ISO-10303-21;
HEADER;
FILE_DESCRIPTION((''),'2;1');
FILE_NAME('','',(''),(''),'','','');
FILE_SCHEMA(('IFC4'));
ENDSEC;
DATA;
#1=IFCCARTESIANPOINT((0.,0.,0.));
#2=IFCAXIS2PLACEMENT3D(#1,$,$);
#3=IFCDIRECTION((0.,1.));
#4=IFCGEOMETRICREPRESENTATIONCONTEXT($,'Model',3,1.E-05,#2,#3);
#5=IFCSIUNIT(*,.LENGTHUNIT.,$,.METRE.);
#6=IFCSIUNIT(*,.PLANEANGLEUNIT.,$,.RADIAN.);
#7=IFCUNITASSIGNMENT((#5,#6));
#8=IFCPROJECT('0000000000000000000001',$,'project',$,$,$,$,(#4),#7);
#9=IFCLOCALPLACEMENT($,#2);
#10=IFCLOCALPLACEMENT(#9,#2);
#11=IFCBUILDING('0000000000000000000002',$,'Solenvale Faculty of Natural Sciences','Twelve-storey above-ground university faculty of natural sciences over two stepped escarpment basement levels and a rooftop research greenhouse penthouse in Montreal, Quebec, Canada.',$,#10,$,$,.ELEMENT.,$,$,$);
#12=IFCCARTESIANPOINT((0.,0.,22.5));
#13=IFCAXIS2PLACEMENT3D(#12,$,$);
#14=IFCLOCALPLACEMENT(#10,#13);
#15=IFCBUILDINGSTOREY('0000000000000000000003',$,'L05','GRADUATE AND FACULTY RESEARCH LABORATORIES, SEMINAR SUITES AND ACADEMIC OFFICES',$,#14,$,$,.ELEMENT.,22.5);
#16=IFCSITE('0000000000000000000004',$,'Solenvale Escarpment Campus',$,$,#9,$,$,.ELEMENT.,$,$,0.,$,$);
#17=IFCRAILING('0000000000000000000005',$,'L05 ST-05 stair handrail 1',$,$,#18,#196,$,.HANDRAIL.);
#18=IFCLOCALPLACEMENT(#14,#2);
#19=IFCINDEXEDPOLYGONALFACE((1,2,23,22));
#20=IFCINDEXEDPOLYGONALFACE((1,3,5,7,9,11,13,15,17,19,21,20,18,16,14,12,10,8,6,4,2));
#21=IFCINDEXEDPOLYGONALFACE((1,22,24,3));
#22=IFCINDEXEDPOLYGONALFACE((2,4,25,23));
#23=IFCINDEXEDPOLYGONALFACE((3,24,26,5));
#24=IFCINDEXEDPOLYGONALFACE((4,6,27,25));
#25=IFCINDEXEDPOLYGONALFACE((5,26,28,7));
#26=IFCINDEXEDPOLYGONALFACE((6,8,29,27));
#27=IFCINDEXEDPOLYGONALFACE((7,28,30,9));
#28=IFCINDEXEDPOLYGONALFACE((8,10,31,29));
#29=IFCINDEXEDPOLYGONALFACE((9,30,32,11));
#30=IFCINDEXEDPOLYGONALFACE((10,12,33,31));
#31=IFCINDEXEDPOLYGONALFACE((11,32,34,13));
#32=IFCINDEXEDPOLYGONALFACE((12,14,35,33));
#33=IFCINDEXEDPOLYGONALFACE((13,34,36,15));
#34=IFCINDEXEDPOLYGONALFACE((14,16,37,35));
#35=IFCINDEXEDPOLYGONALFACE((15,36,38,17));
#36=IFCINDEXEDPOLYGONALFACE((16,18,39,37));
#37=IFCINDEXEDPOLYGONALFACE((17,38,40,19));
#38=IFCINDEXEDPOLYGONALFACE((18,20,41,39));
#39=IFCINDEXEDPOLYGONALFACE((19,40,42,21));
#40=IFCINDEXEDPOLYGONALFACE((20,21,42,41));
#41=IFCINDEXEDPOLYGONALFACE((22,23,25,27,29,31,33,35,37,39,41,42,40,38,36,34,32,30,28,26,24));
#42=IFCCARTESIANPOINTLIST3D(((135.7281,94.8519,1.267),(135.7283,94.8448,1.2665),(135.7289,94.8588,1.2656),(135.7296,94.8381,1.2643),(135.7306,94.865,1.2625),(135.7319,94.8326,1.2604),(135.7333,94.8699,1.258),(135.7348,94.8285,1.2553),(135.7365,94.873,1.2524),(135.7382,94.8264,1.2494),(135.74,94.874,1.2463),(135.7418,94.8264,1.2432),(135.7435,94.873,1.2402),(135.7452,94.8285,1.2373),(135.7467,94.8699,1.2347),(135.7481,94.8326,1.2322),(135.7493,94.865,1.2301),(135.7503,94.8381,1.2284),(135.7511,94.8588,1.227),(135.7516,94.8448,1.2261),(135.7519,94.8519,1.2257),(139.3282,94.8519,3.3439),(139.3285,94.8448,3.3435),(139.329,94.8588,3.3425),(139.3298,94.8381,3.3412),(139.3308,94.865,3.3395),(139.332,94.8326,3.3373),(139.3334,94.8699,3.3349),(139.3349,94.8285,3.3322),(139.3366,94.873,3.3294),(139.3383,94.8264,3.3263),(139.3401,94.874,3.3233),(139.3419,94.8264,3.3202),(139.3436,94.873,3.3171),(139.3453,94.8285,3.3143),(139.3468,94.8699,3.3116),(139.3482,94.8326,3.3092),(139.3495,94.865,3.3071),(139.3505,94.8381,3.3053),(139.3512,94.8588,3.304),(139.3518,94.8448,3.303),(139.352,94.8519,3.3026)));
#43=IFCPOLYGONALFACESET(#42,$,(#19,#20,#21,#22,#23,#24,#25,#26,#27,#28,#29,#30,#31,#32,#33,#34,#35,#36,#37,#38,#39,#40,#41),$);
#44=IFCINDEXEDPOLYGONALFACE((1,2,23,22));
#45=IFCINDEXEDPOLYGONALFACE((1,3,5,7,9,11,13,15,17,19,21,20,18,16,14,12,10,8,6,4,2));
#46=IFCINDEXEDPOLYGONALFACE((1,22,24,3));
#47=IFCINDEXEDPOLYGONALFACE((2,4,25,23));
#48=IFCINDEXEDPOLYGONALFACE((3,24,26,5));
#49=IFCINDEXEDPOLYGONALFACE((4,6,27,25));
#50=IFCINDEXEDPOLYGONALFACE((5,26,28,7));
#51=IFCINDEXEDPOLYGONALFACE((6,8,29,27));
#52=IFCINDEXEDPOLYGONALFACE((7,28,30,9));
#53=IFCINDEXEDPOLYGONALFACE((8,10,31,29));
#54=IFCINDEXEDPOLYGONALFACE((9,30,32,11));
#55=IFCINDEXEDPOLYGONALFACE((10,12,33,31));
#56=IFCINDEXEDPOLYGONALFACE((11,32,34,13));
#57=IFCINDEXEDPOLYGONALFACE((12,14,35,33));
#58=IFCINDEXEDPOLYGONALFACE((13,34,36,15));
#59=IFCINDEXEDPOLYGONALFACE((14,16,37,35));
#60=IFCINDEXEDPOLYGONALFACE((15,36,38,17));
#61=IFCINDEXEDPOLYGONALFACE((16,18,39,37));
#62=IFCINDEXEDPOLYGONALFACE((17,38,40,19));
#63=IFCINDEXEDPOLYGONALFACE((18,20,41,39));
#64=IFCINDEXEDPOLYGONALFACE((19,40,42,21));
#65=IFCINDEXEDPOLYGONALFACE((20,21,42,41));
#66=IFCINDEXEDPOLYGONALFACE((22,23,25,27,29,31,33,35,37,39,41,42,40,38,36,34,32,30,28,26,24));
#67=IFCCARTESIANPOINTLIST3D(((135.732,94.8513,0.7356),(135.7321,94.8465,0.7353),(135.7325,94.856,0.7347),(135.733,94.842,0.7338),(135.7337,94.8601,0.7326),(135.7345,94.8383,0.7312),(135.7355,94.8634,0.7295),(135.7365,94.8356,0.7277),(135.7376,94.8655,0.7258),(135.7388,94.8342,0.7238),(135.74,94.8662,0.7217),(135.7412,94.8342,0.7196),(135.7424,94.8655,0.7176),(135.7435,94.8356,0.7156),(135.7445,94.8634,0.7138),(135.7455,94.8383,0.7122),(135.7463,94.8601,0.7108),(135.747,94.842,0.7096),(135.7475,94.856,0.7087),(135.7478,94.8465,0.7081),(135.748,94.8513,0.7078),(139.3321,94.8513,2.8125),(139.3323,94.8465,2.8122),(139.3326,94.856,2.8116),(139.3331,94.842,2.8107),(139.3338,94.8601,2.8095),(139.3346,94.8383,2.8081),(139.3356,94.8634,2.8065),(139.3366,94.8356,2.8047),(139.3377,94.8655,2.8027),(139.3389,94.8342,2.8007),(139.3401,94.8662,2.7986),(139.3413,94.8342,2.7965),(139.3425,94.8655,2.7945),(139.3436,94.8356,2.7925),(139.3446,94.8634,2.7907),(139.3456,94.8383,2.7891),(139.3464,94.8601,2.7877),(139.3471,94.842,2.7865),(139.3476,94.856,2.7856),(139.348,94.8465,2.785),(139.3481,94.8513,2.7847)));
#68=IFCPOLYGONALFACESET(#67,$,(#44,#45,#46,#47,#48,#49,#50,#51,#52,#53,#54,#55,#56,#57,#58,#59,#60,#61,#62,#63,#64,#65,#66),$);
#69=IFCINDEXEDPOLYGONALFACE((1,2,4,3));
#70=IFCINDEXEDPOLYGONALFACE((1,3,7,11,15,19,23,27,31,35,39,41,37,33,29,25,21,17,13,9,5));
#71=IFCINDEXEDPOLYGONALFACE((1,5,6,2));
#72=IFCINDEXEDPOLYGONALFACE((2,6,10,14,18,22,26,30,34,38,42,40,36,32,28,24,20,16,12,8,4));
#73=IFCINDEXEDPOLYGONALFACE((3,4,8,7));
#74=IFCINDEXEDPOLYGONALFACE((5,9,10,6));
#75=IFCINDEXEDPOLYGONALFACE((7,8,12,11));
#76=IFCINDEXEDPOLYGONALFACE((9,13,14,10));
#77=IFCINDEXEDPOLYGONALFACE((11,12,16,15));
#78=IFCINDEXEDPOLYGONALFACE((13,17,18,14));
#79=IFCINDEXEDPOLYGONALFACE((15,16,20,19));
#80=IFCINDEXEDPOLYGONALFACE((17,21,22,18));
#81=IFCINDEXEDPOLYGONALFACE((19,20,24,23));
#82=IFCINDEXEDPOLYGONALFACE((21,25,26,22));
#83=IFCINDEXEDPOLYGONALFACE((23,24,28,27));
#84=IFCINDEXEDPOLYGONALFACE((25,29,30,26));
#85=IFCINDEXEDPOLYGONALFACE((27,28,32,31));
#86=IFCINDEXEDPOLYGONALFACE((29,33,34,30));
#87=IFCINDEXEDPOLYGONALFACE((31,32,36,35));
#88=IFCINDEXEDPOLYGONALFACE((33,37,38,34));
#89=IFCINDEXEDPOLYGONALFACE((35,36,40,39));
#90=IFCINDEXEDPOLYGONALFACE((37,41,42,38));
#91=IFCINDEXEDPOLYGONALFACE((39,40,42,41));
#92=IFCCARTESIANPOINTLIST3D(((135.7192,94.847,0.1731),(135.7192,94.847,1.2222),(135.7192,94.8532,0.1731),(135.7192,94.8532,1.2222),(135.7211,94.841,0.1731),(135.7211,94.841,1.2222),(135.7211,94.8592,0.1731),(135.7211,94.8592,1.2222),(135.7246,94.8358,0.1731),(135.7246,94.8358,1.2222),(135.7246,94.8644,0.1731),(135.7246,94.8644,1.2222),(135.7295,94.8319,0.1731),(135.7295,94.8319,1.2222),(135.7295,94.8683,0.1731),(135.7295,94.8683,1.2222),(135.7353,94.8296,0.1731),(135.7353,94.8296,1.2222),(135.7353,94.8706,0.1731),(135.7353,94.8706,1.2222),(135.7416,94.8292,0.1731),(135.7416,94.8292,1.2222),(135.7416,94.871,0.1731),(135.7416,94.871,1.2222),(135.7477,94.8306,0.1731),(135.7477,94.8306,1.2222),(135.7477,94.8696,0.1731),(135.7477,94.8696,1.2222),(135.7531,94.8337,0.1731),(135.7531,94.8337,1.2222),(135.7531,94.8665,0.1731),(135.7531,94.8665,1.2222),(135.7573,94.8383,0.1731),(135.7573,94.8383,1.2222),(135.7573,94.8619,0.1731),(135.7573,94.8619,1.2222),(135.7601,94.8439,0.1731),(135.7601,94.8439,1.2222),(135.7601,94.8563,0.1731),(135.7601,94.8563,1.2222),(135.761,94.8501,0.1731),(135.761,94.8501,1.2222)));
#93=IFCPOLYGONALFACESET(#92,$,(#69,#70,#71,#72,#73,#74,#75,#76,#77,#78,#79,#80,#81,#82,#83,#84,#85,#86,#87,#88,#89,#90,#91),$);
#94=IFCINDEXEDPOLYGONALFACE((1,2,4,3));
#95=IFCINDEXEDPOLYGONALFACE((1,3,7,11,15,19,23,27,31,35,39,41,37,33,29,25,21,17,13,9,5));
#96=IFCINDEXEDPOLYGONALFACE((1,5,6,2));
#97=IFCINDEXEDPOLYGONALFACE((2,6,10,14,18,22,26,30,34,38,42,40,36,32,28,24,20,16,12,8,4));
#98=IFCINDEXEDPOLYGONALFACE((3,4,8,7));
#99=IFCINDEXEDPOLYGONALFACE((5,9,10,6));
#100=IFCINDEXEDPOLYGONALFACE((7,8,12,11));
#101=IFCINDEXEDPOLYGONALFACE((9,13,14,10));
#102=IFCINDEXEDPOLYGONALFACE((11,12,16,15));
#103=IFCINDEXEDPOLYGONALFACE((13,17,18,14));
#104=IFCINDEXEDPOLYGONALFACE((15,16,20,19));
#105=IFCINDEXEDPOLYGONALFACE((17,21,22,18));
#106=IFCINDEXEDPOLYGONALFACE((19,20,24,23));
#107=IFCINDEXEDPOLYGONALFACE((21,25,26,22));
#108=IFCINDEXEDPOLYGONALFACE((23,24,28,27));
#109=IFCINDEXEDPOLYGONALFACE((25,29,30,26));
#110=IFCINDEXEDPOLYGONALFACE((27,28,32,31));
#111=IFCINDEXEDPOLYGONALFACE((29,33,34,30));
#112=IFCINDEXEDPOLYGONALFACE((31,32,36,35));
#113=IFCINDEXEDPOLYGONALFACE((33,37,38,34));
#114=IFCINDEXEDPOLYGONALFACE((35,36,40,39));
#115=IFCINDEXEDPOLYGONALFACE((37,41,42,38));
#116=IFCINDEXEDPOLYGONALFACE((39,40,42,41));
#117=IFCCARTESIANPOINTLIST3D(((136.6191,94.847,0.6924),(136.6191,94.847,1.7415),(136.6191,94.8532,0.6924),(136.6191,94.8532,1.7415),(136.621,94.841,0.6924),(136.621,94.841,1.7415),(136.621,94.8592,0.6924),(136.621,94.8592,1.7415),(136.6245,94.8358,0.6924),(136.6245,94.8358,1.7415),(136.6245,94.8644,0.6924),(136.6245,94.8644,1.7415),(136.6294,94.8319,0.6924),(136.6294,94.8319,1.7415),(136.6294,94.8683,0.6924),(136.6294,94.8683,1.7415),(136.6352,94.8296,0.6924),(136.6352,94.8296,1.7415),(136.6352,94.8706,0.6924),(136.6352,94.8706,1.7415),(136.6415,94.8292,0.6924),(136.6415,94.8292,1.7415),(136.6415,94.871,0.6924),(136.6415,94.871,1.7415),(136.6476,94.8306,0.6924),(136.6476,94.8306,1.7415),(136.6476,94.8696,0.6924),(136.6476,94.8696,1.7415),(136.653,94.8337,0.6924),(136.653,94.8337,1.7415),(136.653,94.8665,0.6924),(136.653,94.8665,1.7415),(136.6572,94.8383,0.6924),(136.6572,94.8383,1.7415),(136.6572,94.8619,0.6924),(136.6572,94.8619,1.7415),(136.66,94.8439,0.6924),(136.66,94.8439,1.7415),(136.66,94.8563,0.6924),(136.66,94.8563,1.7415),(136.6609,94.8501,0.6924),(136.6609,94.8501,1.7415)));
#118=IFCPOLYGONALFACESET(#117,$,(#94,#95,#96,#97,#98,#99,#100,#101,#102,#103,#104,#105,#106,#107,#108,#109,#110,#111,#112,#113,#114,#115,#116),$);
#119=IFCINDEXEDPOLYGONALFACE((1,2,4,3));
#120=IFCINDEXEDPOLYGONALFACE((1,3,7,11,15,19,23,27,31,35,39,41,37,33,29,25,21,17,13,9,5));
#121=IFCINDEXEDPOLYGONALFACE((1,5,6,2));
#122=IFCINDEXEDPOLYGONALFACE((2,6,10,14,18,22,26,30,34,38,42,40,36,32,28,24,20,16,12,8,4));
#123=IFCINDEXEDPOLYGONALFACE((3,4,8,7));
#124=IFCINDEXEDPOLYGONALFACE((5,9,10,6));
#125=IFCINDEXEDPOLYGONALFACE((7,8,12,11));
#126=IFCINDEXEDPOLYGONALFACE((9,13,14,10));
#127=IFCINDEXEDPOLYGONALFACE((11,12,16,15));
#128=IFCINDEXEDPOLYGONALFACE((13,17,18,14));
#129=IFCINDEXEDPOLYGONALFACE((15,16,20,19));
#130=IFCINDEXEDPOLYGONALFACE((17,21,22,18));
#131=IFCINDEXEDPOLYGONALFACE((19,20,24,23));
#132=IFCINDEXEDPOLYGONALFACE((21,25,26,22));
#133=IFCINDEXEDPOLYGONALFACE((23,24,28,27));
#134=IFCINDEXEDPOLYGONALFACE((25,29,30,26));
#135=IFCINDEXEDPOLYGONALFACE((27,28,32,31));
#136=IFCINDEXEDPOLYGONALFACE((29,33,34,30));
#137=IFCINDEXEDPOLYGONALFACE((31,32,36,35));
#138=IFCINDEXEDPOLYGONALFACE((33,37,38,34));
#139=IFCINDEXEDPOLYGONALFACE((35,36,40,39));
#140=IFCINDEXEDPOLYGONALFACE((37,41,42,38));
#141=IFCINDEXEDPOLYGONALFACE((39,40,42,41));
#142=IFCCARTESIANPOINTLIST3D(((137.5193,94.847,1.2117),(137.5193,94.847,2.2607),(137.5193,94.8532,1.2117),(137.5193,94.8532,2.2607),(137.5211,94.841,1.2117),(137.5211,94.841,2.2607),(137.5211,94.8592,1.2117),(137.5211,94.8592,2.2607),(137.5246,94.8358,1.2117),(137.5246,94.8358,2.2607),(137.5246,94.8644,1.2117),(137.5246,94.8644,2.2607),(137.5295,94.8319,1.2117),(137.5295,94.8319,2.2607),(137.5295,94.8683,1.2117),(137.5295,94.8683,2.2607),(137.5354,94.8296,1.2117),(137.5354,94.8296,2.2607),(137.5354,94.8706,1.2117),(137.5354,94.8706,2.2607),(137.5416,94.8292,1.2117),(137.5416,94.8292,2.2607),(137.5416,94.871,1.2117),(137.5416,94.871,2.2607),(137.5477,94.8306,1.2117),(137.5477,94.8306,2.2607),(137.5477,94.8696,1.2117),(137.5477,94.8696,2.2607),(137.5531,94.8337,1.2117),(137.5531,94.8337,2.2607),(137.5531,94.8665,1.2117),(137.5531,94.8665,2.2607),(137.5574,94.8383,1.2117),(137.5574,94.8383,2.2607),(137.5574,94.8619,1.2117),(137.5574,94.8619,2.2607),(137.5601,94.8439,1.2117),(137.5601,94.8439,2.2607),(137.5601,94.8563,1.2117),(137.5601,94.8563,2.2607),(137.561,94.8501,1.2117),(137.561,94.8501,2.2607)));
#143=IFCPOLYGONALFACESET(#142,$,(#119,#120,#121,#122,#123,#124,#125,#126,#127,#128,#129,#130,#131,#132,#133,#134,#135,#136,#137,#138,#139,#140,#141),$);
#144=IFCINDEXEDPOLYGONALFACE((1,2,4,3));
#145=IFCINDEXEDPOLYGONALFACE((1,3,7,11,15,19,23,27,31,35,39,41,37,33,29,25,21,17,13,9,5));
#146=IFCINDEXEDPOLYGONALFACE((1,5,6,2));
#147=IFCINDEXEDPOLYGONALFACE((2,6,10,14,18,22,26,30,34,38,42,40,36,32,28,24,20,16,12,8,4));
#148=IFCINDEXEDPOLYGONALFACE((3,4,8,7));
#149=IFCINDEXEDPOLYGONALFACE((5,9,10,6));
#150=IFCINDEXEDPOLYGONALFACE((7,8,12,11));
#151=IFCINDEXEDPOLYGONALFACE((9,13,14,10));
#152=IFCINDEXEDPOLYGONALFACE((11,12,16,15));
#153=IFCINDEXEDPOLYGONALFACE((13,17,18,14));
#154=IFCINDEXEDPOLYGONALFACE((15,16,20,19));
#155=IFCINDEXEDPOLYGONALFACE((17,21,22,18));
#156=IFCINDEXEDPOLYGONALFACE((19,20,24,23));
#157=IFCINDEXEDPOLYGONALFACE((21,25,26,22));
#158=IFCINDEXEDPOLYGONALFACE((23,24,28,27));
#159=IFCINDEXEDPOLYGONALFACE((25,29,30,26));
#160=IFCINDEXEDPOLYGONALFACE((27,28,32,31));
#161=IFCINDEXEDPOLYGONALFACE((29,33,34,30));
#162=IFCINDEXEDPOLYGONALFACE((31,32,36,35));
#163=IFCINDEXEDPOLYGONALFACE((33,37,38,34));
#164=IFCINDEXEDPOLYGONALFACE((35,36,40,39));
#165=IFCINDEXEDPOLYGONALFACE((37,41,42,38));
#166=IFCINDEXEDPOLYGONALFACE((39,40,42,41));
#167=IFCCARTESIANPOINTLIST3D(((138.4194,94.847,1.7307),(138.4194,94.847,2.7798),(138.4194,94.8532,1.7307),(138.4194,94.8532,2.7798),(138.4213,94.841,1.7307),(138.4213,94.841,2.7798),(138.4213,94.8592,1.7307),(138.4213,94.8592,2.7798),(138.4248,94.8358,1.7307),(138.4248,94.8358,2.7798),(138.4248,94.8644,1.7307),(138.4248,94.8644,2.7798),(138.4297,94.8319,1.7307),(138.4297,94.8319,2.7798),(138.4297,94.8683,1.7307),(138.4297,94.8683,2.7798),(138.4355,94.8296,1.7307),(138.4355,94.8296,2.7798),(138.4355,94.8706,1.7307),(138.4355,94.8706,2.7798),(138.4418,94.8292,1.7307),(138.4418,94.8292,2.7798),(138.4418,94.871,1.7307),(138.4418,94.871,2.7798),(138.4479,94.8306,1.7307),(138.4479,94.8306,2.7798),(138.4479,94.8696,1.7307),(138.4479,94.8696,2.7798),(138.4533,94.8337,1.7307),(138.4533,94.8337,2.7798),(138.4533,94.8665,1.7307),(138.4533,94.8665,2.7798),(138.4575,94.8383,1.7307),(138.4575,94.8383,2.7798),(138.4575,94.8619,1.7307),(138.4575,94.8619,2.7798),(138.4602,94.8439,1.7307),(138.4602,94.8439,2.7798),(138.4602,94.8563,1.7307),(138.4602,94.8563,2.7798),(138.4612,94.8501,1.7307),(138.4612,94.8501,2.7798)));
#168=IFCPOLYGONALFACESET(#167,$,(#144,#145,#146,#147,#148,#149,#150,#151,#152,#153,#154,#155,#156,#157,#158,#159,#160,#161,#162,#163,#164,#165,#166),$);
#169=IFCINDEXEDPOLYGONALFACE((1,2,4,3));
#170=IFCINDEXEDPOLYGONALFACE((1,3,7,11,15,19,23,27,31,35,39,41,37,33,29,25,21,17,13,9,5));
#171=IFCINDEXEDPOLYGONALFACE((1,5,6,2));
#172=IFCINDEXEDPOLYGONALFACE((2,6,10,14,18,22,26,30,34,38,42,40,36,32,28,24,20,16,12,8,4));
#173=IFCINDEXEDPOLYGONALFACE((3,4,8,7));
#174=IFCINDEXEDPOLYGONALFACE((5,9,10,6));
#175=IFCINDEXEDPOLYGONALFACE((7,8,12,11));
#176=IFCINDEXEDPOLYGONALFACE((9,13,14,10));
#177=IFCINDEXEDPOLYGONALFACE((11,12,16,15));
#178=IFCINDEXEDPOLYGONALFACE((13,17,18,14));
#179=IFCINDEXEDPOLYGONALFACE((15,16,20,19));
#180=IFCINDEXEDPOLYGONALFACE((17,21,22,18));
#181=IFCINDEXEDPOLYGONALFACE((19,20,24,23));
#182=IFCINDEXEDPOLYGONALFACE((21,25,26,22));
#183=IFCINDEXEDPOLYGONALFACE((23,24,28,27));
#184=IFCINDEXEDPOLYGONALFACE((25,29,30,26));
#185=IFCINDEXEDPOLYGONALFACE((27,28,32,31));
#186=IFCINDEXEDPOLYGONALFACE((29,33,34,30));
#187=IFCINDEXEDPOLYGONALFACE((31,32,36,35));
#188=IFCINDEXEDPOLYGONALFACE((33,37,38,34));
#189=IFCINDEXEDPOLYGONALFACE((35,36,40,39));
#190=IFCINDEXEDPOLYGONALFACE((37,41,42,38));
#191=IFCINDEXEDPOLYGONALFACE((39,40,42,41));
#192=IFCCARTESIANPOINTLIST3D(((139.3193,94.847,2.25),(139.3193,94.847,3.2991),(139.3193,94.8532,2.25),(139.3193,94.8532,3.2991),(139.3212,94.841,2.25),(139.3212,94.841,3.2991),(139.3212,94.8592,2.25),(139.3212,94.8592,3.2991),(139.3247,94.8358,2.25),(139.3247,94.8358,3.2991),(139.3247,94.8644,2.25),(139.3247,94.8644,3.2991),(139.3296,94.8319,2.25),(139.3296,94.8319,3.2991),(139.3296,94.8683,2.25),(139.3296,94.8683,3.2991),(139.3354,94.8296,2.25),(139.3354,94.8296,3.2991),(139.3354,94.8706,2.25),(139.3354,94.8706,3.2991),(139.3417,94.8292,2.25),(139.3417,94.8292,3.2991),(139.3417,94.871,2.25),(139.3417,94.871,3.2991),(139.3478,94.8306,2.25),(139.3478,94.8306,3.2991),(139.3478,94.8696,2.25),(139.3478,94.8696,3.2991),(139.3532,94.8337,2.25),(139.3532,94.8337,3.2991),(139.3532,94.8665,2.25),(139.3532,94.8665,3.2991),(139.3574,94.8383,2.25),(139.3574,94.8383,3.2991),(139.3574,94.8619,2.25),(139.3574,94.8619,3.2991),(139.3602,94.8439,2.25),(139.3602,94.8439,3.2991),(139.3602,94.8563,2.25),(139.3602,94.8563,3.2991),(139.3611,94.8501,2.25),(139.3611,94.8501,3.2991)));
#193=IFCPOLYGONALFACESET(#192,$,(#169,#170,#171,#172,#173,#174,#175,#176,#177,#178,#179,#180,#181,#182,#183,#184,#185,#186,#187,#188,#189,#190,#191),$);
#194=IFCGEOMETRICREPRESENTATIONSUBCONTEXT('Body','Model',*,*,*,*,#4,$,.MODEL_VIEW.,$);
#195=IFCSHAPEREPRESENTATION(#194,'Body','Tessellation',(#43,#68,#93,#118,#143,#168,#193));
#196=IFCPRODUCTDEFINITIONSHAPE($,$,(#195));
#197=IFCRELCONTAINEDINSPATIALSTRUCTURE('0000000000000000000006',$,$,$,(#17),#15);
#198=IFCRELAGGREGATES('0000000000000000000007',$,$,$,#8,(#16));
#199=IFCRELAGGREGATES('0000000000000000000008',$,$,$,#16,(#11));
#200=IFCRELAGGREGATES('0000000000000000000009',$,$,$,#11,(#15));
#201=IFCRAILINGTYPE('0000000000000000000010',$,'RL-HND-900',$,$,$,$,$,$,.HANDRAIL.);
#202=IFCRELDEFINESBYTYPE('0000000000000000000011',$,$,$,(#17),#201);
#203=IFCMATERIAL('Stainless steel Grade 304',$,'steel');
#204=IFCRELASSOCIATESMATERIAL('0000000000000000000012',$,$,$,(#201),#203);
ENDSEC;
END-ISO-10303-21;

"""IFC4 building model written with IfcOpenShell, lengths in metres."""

from ifc_helpers import new_model, si_unit, direction, frame, origin, origin_2d, place, context, subcontext, project, spatial, circle, extrude, material, type_object, element, save


model = new_model("IFC4")

# Units and contexts
model_context = context("Model", 3, precision=1e-05, world=origin(), true_north=direction((0.0, 1.0)))
body_context = subcontext(model_context, "Body", "Model", "MODEL_VIEW")
ifc_project = project(units=[si_unit("LENGTHUNIT", "METRE"), si_unit("PLANEANGLEUNIT", "RADIAN")], contexts=[model_context])

# Site, building, storey
site_placement = place(None, origin())
site = spatial("IfcSite", under=ifc_project, at=site_placement, Name="Solenvale Escarpment Campus", CompositionType="ELEMENT", RefElevation=0.0)
building_placement = place(site_placement, origin())
building = spatial("IfcBuilding", under=site, at=building_placement, Name="Solenvale Faculty of Natural Sciences", Description="Twelve-storey above-ground university faculty of natural sciences over two stepped escarpment basement levels and a rooftop research greenhouse penthouse in Montreal, Quebec, Canada.", CompositionType="ELEMENT")
storey_placement = place(building_placement, frame((0.0, 0.0, 22.5)))
storey = spatial("IfcBuildingStorey", under=building, at=storey_placement, Name="L05", Description="GRADUATE AND FACULTY RESEARCH LABORATORIES, SEMINAR SUITES AND ACADEMIC OFFICES", CompositionType="ELEMENT", Elevation=22.5)

# Railing
ifc_material_1 = material(Name="Stainless steel Grade 304", Category="steel")
railing_type_1 = type_object("IfcRailingType", Name="RL-HND-900", PredefinedType="HANDRAIL", material=ifc_material_1)
railing_1_placement = place(storey_placement, frame((135.74, 94.8501, 0.1731)))
element("IfcRailing", 1, at=railing_1_placement, inside=storey, type_object=railing_type_1, Name="L05 ST-05 stair handrail 1", PredefinedType="HANDRAIL", context=body_context, shape_type="SweptSolid", body=[
    extrude(circle(Radius=0.0239, at=origin_2d()), frame((0.0, 0.0, 1.0732), z_axis=(0.866193, 0.0, 0.499709), x_axis=(0.0, 1.0, 0.0)), (0.0, 0.0, 1.0), 4.1562),
    extrude(circle(Radius=0.0161, at=origin_2d()), frame((0.0, 0.0, 0.5486), z_axis=(0.866193, 0.0, 0.499709), x_axis=(0.0, 1.0, 0.0)), (0.0, 0.0, 1.0), 4.1562),
    extrude(circle(Radius=0.021, at=origin_2d()), origin(), (0.0, 0.0, 1.0), 1.0491),
    extrude(circle(Radius=0.021, at=origin_2d()), frame((0.8999, 0.0, 0.5193)), (0.0, 0.0, 1.0), 1.0491),
    extrude(circle(Radius=0.021, at=origin_2d()), frame((1.8, 0.0, 1.0386)), (0.0, 0.0, 1.0), 1.0491),
    extrude(circle(Radius=0.021, at=origin_2d()), frame((2.7002, 0.0, 1.5576)), (0.0, 0.0, 1.0), 1.0491),
    extrude(circle(Radius=0.021, at=origin_2d()), frame((3.6001, 0.0, 2.0769)), (0.0, 0.0, 1.0), 1.0491),
])

save(model, "model.ifc")
